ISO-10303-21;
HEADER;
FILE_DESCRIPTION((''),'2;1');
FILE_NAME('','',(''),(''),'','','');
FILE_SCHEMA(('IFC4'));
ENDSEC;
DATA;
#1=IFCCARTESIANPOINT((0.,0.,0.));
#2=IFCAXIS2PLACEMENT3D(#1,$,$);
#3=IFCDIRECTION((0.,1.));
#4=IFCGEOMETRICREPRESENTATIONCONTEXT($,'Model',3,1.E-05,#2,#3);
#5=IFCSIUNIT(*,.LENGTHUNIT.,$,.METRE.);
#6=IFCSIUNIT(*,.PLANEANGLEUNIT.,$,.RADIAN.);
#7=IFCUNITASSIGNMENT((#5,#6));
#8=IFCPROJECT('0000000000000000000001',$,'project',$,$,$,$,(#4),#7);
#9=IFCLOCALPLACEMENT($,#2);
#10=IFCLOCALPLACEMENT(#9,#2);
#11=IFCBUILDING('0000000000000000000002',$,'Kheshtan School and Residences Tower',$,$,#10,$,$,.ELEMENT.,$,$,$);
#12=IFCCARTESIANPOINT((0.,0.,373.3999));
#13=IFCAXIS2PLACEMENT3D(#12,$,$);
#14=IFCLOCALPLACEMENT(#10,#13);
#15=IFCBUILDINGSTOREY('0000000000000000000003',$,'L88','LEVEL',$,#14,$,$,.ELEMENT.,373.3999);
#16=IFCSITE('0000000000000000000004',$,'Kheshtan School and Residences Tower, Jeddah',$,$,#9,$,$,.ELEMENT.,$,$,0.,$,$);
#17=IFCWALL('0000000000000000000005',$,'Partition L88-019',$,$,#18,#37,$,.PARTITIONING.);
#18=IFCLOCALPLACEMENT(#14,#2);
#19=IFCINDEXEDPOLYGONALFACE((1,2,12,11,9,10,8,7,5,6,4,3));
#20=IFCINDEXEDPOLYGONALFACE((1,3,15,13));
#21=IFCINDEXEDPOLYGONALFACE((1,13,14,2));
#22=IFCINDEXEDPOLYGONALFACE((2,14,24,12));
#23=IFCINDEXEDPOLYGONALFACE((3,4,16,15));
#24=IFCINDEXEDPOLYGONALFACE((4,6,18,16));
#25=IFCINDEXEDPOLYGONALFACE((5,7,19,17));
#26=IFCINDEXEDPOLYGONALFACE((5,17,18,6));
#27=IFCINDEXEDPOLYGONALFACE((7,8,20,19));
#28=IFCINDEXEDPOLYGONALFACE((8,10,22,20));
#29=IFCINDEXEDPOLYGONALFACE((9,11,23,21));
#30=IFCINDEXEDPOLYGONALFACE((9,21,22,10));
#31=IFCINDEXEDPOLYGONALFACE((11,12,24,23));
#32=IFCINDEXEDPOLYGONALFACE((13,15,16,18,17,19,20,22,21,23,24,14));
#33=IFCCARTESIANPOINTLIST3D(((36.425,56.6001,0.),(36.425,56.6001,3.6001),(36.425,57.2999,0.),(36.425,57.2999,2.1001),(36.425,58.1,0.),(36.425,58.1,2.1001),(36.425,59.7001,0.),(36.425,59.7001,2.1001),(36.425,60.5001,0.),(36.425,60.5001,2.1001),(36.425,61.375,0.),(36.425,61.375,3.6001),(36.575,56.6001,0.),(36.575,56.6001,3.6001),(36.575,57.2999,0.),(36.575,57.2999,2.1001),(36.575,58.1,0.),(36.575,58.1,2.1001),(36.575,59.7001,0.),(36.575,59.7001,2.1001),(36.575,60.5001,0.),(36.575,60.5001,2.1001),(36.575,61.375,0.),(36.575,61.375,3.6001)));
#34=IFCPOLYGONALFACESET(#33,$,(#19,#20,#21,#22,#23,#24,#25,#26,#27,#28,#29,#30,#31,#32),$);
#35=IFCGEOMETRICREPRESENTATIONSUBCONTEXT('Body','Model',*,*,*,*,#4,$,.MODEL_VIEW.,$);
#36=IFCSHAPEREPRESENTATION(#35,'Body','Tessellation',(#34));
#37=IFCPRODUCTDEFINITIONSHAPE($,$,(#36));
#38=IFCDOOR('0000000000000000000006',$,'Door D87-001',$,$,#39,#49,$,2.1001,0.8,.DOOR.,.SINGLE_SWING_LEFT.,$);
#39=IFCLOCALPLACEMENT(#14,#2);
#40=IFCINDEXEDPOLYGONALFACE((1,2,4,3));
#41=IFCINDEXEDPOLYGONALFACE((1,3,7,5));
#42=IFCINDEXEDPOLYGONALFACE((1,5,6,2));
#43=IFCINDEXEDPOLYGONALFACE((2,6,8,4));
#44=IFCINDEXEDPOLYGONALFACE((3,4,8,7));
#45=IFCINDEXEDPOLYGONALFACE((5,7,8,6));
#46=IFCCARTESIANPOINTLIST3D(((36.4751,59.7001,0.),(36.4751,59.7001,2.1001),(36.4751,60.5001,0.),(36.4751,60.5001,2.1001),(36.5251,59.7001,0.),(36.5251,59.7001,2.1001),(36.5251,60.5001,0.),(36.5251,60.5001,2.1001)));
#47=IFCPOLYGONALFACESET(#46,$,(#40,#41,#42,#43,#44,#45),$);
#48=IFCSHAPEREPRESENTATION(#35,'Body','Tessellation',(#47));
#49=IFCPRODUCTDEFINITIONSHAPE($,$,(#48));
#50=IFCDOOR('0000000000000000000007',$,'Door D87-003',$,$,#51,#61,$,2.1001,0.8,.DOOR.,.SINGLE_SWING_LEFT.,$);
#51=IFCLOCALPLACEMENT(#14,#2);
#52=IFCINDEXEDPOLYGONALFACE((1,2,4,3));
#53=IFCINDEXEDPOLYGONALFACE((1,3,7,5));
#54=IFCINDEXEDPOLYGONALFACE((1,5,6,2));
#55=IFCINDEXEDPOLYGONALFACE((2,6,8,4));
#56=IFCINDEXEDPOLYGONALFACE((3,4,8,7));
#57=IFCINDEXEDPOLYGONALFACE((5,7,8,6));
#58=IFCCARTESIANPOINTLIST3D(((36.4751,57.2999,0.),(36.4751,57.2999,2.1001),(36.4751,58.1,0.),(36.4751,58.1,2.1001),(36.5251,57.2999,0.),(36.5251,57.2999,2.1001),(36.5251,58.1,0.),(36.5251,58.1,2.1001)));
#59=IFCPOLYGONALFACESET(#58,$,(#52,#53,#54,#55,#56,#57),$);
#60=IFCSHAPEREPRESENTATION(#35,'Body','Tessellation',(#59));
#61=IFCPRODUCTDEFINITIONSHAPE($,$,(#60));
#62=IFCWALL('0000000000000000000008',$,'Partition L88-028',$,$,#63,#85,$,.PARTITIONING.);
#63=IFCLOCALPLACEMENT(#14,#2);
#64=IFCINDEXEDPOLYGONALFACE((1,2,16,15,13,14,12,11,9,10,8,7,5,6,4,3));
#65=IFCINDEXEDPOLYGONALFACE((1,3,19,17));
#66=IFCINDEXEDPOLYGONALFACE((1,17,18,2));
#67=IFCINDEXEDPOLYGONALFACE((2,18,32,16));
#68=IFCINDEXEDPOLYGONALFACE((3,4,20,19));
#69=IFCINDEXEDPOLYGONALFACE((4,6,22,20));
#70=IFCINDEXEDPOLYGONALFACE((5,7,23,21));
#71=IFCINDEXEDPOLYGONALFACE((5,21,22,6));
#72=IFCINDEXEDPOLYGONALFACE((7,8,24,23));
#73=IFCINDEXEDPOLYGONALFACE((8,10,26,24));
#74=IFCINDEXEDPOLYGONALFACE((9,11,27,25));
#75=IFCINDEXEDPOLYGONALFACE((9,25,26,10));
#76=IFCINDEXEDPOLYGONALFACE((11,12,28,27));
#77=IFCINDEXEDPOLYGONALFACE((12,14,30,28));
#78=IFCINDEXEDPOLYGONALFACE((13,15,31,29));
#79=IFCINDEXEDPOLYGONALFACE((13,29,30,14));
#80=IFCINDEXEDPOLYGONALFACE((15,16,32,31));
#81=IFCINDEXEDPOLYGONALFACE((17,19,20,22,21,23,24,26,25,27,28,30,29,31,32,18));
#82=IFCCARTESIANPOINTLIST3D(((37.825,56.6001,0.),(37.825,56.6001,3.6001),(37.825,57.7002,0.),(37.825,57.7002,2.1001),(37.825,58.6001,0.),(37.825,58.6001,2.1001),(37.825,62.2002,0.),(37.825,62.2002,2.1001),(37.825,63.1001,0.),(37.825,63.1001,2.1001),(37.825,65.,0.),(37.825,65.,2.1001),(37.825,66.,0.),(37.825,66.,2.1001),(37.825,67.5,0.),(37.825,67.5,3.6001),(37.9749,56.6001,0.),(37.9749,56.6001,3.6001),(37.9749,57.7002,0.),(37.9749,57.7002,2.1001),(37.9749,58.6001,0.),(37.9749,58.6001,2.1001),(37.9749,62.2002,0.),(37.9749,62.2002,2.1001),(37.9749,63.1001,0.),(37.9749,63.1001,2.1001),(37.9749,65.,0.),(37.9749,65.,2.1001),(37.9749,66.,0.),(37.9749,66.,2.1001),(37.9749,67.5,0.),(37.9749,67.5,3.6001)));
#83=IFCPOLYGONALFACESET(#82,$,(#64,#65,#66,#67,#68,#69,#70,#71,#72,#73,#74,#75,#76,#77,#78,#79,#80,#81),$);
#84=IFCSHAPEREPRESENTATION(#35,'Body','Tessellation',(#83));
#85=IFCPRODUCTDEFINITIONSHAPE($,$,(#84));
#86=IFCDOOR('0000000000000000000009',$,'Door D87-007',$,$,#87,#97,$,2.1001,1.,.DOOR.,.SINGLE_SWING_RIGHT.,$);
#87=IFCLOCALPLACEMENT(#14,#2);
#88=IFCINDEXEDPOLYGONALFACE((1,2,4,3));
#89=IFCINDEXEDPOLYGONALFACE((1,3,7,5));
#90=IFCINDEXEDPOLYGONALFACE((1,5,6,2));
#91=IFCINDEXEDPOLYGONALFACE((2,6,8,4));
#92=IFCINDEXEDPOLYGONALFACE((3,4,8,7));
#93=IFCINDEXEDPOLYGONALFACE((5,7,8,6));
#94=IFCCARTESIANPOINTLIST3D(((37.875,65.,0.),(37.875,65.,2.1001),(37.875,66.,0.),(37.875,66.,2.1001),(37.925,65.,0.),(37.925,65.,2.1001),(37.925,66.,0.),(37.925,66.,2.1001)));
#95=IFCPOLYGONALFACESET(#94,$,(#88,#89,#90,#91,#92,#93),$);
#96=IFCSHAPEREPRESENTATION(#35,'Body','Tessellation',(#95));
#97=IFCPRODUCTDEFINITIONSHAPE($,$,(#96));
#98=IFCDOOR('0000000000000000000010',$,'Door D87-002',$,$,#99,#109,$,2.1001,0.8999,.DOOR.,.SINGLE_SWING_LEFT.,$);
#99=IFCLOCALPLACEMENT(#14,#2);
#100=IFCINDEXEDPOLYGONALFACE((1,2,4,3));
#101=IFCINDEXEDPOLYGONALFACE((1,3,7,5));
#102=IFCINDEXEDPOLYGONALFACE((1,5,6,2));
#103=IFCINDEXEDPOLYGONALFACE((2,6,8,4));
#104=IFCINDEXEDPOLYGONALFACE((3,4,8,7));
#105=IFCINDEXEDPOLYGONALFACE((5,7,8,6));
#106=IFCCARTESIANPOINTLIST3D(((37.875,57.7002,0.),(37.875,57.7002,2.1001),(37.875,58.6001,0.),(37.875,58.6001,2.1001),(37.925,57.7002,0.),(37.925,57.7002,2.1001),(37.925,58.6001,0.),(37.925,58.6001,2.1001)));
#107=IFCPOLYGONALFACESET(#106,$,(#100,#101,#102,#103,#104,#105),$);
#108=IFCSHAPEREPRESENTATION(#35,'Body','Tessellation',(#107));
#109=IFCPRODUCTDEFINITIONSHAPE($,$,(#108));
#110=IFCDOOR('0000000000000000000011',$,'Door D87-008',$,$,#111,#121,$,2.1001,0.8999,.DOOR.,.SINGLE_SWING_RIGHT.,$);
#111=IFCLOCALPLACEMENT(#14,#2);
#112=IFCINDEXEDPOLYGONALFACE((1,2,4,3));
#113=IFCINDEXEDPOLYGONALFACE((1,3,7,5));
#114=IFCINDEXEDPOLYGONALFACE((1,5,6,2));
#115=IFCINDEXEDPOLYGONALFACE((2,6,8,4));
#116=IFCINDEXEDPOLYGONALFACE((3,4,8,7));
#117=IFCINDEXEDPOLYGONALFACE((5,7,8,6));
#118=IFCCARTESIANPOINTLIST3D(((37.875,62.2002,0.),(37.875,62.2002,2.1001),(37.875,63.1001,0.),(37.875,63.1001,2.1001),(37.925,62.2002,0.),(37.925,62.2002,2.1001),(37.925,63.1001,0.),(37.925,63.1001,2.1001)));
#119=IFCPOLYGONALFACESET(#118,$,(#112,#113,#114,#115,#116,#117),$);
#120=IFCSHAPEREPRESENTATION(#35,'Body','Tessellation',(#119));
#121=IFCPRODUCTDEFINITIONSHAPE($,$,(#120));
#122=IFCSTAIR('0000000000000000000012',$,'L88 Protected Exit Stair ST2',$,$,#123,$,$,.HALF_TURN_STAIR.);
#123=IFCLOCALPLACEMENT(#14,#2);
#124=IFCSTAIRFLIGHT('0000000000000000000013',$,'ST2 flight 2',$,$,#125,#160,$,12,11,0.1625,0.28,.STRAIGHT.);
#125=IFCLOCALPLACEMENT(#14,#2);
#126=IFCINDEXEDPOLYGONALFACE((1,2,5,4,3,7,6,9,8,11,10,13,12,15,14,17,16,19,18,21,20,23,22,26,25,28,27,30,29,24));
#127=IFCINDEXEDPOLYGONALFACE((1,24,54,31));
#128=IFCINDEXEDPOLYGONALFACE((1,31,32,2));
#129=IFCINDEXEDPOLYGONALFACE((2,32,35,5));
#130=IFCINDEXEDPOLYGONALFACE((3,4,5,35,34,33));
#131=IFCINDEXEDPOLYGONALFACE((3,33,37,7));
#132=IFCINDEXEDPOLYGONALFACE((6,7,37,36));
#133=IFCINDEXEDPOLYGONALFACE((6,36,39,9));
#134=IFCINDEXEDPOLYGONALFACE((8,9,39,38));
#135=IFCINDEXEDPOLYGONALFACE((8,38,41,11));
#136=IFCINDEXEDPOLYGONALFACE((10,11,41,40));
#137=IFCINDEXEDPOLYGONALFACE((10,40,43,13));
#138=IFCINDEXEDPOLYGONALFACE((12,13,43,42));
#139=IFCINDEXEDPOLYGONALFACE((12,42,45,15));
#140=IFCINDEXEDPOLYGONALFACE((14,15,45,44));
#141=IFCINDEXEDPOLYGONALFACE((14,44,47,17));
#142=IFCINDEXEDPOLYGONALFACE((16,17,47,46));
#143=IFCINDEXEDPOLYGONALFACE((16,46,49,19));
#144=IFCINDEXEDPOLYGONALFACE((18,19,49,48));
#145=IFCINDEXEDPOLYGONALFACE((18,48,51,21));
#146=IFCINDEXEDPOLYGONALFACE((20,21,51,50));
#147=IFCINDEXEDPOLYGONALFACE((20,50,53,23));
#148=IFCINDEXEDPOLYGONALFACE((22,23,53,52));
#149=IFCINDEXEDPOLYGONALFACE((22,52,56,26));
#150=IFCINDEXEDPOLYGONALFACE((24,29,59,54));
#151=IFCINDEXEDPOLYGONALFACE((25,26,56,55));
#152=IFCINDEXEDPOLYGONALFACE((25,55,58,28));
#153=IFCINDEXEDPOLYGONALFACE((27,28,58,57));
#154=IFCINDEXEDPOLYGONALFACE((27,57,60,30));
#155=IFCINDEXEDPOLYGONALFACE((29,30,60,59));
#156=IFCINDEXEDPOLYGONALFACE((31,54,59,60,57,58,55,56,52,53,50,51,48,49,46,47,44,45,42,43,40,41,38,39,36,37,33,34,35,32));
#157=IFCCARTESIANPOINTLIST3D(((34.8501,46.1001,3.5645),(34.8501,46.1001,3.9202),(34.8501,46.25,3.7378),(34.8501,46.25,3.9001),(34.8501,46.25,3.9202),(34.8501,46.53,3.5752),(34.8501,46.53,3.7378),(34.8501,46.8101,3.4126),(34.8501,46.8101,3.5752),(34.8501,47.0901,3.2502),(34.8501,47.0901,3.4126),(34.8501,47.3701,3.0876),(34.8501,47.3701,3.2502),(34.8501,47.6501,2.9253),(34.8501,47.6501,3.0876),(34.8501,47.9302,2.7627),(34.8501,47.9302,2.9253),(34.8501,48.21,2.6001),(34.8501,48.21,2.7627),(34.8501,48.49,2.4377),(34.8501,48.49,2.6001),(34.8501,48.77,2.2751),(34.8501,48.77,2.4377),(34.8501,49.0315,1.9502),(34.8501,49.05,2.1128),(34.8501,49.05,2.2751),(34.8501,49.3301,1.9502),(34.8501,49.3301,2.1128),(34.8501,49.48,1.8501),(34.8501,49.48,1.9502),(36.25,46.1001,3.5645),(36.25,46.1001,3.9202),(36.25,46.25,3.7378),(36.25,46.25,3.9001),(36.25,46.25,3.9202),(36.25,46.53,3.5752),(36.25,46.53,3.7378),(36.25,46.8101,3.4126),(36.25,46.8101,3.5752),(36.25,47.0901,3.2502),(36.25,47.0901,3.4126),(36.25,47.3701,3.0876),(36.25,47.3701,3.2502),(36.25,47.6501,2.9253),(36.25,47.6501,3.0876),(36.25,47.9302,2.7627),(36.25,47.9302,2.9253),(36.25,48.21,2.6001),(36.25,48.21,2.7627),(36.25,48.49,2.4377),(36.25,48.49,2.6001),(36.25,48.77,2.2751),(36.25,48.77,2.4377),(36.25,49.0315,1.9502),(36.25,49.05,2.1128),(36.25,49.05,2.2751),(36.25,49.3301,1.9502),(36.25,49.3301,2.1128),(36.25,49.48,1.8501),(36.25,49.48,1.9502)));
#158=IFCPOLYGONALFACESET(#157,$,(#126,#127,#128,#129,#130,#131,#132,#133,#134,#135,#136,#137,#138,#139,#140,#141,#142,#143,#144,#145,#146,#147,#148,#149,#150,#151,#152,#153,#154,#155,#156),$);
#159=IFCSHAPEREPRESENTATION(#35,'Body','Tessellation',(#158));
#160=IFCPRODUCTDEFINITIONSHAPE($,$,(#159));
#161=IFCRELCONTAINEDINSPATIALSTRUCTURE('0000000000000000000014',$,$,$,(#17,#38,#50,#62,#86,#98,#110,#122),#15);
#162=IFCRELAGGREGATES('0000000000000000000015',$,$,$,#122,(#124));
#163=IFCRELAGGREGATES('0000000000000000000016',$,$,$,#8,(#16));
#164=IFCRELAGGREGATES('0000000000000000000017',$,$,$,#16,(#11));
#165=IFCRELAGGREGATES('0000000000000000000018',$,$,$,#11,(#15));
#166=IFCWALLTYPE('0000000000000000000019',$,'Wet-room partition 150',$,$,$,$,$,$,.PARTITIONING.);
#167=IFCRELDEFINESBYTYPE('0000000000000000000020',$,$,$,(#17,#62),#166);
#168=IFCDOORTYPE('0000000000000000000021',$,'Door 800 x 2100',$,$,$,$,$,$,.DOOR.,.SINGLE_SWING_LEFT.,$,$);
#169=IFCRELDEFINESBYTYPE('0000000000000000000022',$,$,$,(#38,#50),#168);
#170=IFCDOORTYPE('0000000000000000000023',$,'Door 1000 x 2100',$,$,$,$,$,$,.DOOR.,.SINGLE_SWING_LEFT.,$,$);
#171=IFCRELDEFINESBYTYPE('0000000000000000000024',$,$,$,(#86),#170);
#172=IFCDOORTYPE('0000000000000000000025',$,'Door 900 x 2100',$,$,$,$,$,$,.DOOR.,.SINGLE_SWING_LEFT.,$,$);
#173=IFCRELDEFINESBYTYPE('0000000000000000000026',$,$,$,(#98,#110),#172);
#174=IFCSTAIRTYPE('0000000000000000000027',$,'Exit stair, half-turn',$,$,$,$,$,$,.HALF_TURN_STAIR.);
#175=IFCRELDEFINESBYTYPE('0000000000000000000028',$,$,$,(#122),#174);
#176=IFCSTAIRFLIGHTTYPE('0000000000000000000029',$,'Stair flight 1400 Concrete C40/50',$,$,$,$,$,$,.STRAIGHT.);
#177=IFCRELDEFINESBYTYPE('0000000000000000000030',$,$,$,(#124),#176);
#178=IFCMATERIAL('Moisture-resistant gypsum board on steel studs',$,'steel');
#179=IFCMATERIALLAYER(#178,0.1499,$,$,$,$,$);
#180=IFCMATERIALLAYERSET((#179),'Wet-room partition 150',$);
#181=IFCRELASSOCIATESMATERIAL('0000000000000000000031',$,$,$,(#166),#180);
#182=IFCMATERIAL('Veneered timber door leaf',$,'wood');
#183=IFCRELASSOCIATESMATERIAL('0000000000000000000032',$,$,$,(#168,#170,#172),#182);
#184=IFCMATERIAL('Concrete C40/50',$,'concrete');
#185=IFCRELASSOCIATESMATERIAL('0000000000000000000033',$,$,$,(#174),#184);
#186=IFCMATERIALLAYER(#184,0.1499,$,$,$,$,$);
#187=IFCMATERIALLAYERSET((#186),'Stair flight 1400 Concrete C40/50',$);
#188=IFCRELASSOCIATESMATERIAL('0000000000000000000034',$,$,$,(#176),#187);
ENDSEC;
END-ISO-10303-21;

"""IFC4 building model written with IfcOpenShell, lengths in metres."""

from ifc_helpers import new_model, si_unit, direction, frame, frame_2d, origin, place, context, subcontext, project, spatial, polyline, rectangle, outline, extrude, source, transform, mapped, material, layer, layer_set, type_object, element, fill, aggregate, save


model = new_model("IFC4")

# Units and contexts
model_context = context("Model", 3, precision=1e-05, world=origin(), true_north=direction((0.0, 1.0)))
body_context = subcontext(model_context, "Body", "Model", "MODEL_VIEW")
ifc_project = project(units=[si_unit("LENGTHUNIT", "METRE"), si_unit("PLANEANGLEUNIT", "RADIAN")], contexts=[model_context])

# Site, building, storey
site_placement = place(None, origin())
site = spatial("IfcSite", under=ifc_project, at=site_placement, Name="Kheshtan School and Residences Tower, Jeddah", CompositionType="ELEMENT", RefElevation=0.0)
building_placement = place(site_placement, origin())
building = spatial("IfcBuilding", under=site, at=building_placement, Name="Kheshtan School and Residences Tower", CompositionType="ELEMENT")
storey_placement = place(building_placement, frame((0.0, 0.0, 373.3999)))
storey = spatial("IfcBuildingStorey", under=building, at=storey_placement, Name="L88", Description="LEVEL", CompositionType="ELEMENT", Elevation=373.3999)

# Shared definitions
ifc_material_1 = material(Name="Concrete C40/50", Category="concrete")
ifc_material_2 = material(Name="Moisture-resistant gypsum board on steel studs", Category="steel")
ifc_layer_1 = layer(ifc_material_2, 0.1499)
ifc_layer_set_1 = layer_set([ifc_layer_1], Name="Wet-room partition 150")
wall_type_1 = type_object("IfcWallType", Name="Wet-room partition 150", PredefinedType="PARTITIONING", material=ifc_layer_set_1)

# Walls, openings, doors
wall_1_placement = place(storey_placement, frame((36.5, 56.6001, 0.0), z_axis=(0.0, 0.0, 1.0), x_axis=(0.0, 1.0, 0.0)))
wall_1 = element("IfcWall", 1, at=wall_1_placement, inside=storey, type_object=wall_type_1, Name="Partition L88-019", PredefinedType="PARTITIONING", context=body_context, shape_type="SweptSolid", body=[
    extrude(rectangle(XDim=4.7749, YDim=0.1499, at=frame_2d((2.3875, 0.0))), origin(), (0.0, 0.0, 1.0), 3.6001),
])
opening_1_placement = place(wall_1_placement, frame((3.1001, 0.0, 0.0)))
opening_1 = element("IfcOpeningElement", 2, at=opening_1_placement, cuts=wall_1, PredefinedType="OPENING", context=body_context, shape_type="SweptSolid", body=[
    extrude(rectangle(XDim=0.8, YDim=2.1001, at=frame_2d((0.3999, 1.05))), frame((0.0, 0.085, 0.0), z_axis=(0.0, -1.0, 0.0), x_axis=(1.0, 0.0, 0.0)), (0.0, 0.0, 1.0), 0.1699),
])
opening_2_placement = place(wall_1_placement, frame((0.7, 0.0, 0.0)))
opening_2 = element("IfcOpeningElement", 3, at=opening_2_placement, cuts=wall_1, PredefinedType="OPENING", context=body_context, shape_type="SweptSolid", body=[
    extrude(rectangle(XDim=0.8, YDim=2.1001, at=frame_2d((0.3999, 1.05))), frame((0.0, 0.085, 0.0), z_axis=(0.0, -1.0, 0.0), x_axis=(1.0, 0.0, 0.0)), (0.0, 0.0, 1.0), 0.1699),
])
ifc_material_3 = material(Name="Veneered timber door leaf", Category="wood")
door_type_1 = type_object("IfcDoorType", Name="Door 800 x 2100", OperationType="SINGLE_SWING_LEFT", PredefinedType="DOOR", material=ifc_material_3)
shared_shape_1 = source(origin(), body_context, "Body", "SweptSolid", [
    extrude(rectangle(XDim=0.8, YDim=2.1001, at=frame_2d((0.3999, 1.05))), frame((0.0, 0.0249, 0.0), z_axis=(0.0, -1.0, 0.0), x_axis=(1.0, 0.0, 0.0)), (0.0, 0.0, 1.0), 0.05),
])
door_1_placement = place(opening_1_placement, origin())
door_1 = element("IfcDoor", 4, at=door_1_placement, inside=storey, type_object=door_type_1, Name="Door D87-001", OperationType="SINGLE_SWING_LEFT", OverallHeight=2.1001, OverallWidth=0.8, PredefinedType="DOOR", context=body_context, shape_type="MappedRepresentation", body=[
    mapped(shared_shape_1, transform((0.0, 0.0, 0.0), x_axis=(1.0, 0.0, 0.0), y_axis=(0.0, 1.0, 0.0), z_axis=(0.0, 0.0, 1.0), scale=1.0)),
])
fill(opening_1, door_1)
door_2_placement = place(opening_2_placement, origin())
door_2 = element("IfcDoor", 5, at=door_2_placement, inside=storey, type_object=door_type_1, Name="Door D87-003", OperationType="SINGLE_SWING_LEFT", OverallHeight=2.1001, OverallWidth=0.8, PredefinedType="DOOR", context=body_context, shape_type="MappedRepresentation", body=[
    mapped(shared_shape_1, transform((0.0, 0.0, 0.0), x_axis=(1.0, 0.0, 0.0), y_axis=(0.0, 1.0, 0.0), z_axis=(0.0, 0.0, 1.0), scale=1.0)),
])
fill(opening_2, door_2)
wall_2_placement = place(storey_placement, frame((37.8999, 56.6001, 0.0), z_axis=(0.0, 0.0, 1.0), x_axis=(0.0, 1.0, 0.0)))
wall_2 = element("IfcWall", 6, at=wall_2_placement, inside=storey, type_object=wall_type_1, Name="Partition L88-028", PredefinedType="PARTITIONING", context=body_context, shape_type="SweptSolid", body=[
    extrude(rectangle(XDim=10.8999, YDim=0.1499, at=frame_2d((5.45, 0.0))), origin(), (0.0, 0.0, 1.0), 3.6001),
])
opening_3_placement = place(wall_2_placement, frame((1.1001, 0.0, 0.0)))
opening_3 = element("IfcOpeningElement", 7, at=opening_3_placement, cuts=wall_2, PredefinedType="OPENING", context=body_context, shape_type="SweptSolid", body=[
    extrude(rectangle(XDim=0.8999, YDim=2.1001, at=frame_2d((0.45, 1.05))), frame((0.0, 0.085, 0.0), z_axis=(0.0, -1.0, 0.0), x_axis=(1.0, 0.0, 0.0)), (0.0, 0.0, 1.0), 0.1699),
])
opening_4_placement = place(wall_2_placement, frame((8.3999, 0.0, 0.0)))
opening_4 = element("IfcOpeningElement", 8, at=opening_4_placement, cuts=wall_2, PredefinedType="OPENING", context=body_context, shape_type="SweptSolid", body=[
    extrude(rectangle(XDim=1.0, YDim=2.1001, at=frame_2d((0.5, 1.05))), frame((0.0, 0.085, 0.0), z_axis=(0.0, -1.0, 0.0), x_axis=(1.0, 0.0, 0.0)), (0.0, 0.0, 1.0), 0.1699),
])
opening_5_placement = place(wall_2_placement, frame((5.6001, 0.0, 0.0)))
opening_5 = element("IfcOpeningElement", 9, at=opening_5_placement, cuts=wall_2, PredefinedType="OPENING", context=body_context, shape_type="SweptSolid", body=[
    extrude(rectangle(XDim=0.8999, YDim=2.1001, at=frame_2d((0.45, 1.05))), frame((0.0, 0.085, 0.0), z_axis=(0.0, -1.0, 0.0), x_axis=(1.0, 0.0, 0.0)), (0.0, 0.0, 1.0), 0.1699),
])
door_type_2 = type_object("IfcDoorType", Name="Door 1000 x 2100", OperationType="SINGLE_SWING_LEFT", PredefinedType="DOOR", material=ifc_material_3)
shared_shape_2 = source(origin(), body_context, "Body", "SweptSolid", [
    extrude(rectangle(XDim=1.0, YDim=2.1001, at=frame_2d((0.5, 1.05))), frame((0.0, 0.0249, 0.0), z_axis=(0.0, -1.0, 0.0), x_axis=(1.0, 0.0, 0.0)), (0.0, 0.0, 1.0), 0.05),
])
door_3_placement = place(opening_4_placement, origin())
door_3 = element("IfcDoor", 10, at=door_3_placement, inside=storey, type_object=door_type_2, Name="Door D87-007", OperationType="SINGLE_SWING_RIGHT", OverallHeight=2.1001, OverallWidth=1.0, PredefinedType="DOOR", context=body_context, shape_type="MappedRepresentation", body=[
    mapped(shared_shape_2, transform((0.0, 0.0, 0.0), x_axis=(1.0, 0.0, 0.0), y_axis=(0.0, 1.0, 0.0), z_axis=(0.0, 0.0, 1.0), scale=1.0)),
])
fill(opening_4, door_3)
door_type_3 = type_object("IfcDoorType", Name="Door 900 x 2100", OperationType="SINGLE_SWING_LEFT", PredefinedType="DOOR", material=ifc_material_3)
shared_shape_3 = source(origin(), body_context, "Body", "SweptSolid", [
    extrude(rectangle(XDim=0.8999, YDim=2.1001, at=frame_2d((0.45, 1.05))), frame((0.0, 0.0249, 0.0), z_axis=(0.0, -1.0, 0.0), x_axis=(1.0, 0.0, 0.0)), (0.0, 0.0, 1.0), 0.05),
])
door_4_placement = place(opening_3_placement, origin())
door_4 = element("IfcDoor", 11, at=door_4_placement, inside=storey, type_object=door_type_3, Name="Door D87-002", OperationType="SINGLE_SWING_LEFT", OverallHeight=2.1001, OverallWidth=0.8999, PredefinedType="DOOR", context=body_context, shape_type="MappedRepresentation", body=[
    mapped(shared_shape_3, transform((0.0, 0.0, 0.0), x_axis=(1.0, 0.0, 0.0), y_axis=(0.0, 1.0, 0.0), z_axis=(0.0, 0.0, 1.0), scale=1.0)),
])
fill(opening_3, door_4)
door_5_placement = place(opening_5_placement, origin())
door_5 = element("IfcDoor", 12, at=door_5_placement, inside=storey, type_object=door_type_3, Name="Door D87-008", OperationType="SINGLE_SWING_RIGHT", OverallHeight=2.1001, OverallWidth=0.8999, PredefinedType="DOOR", context=body_context, shape_type="MappedRepresentation", body=[
    mapped(shared_shape_3, transform((0.0, 0.0, 0.0), x_axis=(1.0, 0.0, 0.0), y_axis=(0.0, 1.0, 0.0), z_axis=(0.0, 0.0, 1.0), scale=1.0)),
])
fill(opening_5, door_5)

# Stair, stair flight
stair_type = type_object("IfcStairType", Name="Exit stair, half-turn", PredefinedType="HALF_TURN_STAIR", material=ifc_material_1)
stair_placement = place(storey_placement, origin())
stair = element("IfcStair", 13, at=stair_placement, inside=storey, type_object=stair_type, Name="L88 Protected Exit Stair ST2", PredefinedType="HALF_TURN_STAIR")
ifc_layer_2 = layer(ifc_material_1, 0.1499)
ifc_layer_set_2 = layer_set([ifc_layer_2], Name="Stair flight 1400 Concrete C40/50")
stair_flight_type = type_object("IfcStairFlightType", Name="Stair flight 1400 Concrete C40/50", PredefinedType="STRAIGHT", material=ifc_layer_set_2)
stair_flight_placement = place(storey_placement, frame((35.55, 49.3301, 1.9502), z_axis=(0.0, 0.0, 1.0), x_axis=(0.0, -1.0, 0.0)))
stair_flight = element("IfcStairFlight", 14, at=stair_flight_placement, type_object=stair_flight_type, Name="ST2 flight 2", NumberOfRisers=12, NumberOfTreads=11, PredefinedType="STRAIGHT", RiserHeight=0.1625, TreadLength=0.28, context=body_context, shape_type="SweptSolid", body=[
    extrude(outline(polyline([(-0.1499, -0.1001), (-0.1499, 0.0), (0.0, 0.0), (0.0, 0.1626), (0.28, 0.1626), (0.28, 0.325), (0.5601, 0.325), (0.5601, 0.4875), (0.8401, 0.4875), (0.8401, 0.6499), (1.1201, 0.6499), (1.1201, 0.8125), (1.3999, 0.8125), (1.3999, 0.9751), (1.6799, 0.9751), (1.6799, 1.1375), (1.96, 1.1375), (1.96, 1.3), (2.24, 1.3), (2.24, 1.4624), (2.52, 1.4624), (2.52, 1.625), (2.8, 1.625), (2.8, 1.7876), (3.0801, 1.7876), (3.0801, 1.95), (3.0801, 1.97), (3.23, 1.97), (3.23, 1.6143), (0.2986, 0.0), (-0.1499, -0.1001)])), frame((0.0, 0.7, 0.0), z_axis=(0.0, -1.0, 0.0), x_axis=(1.0, 0.0, 0.0)), (0.0, 0.0, 1.0), 1.3999),
])
aggregate(stair, [stair_flight])

save(model, "model.ifc")
